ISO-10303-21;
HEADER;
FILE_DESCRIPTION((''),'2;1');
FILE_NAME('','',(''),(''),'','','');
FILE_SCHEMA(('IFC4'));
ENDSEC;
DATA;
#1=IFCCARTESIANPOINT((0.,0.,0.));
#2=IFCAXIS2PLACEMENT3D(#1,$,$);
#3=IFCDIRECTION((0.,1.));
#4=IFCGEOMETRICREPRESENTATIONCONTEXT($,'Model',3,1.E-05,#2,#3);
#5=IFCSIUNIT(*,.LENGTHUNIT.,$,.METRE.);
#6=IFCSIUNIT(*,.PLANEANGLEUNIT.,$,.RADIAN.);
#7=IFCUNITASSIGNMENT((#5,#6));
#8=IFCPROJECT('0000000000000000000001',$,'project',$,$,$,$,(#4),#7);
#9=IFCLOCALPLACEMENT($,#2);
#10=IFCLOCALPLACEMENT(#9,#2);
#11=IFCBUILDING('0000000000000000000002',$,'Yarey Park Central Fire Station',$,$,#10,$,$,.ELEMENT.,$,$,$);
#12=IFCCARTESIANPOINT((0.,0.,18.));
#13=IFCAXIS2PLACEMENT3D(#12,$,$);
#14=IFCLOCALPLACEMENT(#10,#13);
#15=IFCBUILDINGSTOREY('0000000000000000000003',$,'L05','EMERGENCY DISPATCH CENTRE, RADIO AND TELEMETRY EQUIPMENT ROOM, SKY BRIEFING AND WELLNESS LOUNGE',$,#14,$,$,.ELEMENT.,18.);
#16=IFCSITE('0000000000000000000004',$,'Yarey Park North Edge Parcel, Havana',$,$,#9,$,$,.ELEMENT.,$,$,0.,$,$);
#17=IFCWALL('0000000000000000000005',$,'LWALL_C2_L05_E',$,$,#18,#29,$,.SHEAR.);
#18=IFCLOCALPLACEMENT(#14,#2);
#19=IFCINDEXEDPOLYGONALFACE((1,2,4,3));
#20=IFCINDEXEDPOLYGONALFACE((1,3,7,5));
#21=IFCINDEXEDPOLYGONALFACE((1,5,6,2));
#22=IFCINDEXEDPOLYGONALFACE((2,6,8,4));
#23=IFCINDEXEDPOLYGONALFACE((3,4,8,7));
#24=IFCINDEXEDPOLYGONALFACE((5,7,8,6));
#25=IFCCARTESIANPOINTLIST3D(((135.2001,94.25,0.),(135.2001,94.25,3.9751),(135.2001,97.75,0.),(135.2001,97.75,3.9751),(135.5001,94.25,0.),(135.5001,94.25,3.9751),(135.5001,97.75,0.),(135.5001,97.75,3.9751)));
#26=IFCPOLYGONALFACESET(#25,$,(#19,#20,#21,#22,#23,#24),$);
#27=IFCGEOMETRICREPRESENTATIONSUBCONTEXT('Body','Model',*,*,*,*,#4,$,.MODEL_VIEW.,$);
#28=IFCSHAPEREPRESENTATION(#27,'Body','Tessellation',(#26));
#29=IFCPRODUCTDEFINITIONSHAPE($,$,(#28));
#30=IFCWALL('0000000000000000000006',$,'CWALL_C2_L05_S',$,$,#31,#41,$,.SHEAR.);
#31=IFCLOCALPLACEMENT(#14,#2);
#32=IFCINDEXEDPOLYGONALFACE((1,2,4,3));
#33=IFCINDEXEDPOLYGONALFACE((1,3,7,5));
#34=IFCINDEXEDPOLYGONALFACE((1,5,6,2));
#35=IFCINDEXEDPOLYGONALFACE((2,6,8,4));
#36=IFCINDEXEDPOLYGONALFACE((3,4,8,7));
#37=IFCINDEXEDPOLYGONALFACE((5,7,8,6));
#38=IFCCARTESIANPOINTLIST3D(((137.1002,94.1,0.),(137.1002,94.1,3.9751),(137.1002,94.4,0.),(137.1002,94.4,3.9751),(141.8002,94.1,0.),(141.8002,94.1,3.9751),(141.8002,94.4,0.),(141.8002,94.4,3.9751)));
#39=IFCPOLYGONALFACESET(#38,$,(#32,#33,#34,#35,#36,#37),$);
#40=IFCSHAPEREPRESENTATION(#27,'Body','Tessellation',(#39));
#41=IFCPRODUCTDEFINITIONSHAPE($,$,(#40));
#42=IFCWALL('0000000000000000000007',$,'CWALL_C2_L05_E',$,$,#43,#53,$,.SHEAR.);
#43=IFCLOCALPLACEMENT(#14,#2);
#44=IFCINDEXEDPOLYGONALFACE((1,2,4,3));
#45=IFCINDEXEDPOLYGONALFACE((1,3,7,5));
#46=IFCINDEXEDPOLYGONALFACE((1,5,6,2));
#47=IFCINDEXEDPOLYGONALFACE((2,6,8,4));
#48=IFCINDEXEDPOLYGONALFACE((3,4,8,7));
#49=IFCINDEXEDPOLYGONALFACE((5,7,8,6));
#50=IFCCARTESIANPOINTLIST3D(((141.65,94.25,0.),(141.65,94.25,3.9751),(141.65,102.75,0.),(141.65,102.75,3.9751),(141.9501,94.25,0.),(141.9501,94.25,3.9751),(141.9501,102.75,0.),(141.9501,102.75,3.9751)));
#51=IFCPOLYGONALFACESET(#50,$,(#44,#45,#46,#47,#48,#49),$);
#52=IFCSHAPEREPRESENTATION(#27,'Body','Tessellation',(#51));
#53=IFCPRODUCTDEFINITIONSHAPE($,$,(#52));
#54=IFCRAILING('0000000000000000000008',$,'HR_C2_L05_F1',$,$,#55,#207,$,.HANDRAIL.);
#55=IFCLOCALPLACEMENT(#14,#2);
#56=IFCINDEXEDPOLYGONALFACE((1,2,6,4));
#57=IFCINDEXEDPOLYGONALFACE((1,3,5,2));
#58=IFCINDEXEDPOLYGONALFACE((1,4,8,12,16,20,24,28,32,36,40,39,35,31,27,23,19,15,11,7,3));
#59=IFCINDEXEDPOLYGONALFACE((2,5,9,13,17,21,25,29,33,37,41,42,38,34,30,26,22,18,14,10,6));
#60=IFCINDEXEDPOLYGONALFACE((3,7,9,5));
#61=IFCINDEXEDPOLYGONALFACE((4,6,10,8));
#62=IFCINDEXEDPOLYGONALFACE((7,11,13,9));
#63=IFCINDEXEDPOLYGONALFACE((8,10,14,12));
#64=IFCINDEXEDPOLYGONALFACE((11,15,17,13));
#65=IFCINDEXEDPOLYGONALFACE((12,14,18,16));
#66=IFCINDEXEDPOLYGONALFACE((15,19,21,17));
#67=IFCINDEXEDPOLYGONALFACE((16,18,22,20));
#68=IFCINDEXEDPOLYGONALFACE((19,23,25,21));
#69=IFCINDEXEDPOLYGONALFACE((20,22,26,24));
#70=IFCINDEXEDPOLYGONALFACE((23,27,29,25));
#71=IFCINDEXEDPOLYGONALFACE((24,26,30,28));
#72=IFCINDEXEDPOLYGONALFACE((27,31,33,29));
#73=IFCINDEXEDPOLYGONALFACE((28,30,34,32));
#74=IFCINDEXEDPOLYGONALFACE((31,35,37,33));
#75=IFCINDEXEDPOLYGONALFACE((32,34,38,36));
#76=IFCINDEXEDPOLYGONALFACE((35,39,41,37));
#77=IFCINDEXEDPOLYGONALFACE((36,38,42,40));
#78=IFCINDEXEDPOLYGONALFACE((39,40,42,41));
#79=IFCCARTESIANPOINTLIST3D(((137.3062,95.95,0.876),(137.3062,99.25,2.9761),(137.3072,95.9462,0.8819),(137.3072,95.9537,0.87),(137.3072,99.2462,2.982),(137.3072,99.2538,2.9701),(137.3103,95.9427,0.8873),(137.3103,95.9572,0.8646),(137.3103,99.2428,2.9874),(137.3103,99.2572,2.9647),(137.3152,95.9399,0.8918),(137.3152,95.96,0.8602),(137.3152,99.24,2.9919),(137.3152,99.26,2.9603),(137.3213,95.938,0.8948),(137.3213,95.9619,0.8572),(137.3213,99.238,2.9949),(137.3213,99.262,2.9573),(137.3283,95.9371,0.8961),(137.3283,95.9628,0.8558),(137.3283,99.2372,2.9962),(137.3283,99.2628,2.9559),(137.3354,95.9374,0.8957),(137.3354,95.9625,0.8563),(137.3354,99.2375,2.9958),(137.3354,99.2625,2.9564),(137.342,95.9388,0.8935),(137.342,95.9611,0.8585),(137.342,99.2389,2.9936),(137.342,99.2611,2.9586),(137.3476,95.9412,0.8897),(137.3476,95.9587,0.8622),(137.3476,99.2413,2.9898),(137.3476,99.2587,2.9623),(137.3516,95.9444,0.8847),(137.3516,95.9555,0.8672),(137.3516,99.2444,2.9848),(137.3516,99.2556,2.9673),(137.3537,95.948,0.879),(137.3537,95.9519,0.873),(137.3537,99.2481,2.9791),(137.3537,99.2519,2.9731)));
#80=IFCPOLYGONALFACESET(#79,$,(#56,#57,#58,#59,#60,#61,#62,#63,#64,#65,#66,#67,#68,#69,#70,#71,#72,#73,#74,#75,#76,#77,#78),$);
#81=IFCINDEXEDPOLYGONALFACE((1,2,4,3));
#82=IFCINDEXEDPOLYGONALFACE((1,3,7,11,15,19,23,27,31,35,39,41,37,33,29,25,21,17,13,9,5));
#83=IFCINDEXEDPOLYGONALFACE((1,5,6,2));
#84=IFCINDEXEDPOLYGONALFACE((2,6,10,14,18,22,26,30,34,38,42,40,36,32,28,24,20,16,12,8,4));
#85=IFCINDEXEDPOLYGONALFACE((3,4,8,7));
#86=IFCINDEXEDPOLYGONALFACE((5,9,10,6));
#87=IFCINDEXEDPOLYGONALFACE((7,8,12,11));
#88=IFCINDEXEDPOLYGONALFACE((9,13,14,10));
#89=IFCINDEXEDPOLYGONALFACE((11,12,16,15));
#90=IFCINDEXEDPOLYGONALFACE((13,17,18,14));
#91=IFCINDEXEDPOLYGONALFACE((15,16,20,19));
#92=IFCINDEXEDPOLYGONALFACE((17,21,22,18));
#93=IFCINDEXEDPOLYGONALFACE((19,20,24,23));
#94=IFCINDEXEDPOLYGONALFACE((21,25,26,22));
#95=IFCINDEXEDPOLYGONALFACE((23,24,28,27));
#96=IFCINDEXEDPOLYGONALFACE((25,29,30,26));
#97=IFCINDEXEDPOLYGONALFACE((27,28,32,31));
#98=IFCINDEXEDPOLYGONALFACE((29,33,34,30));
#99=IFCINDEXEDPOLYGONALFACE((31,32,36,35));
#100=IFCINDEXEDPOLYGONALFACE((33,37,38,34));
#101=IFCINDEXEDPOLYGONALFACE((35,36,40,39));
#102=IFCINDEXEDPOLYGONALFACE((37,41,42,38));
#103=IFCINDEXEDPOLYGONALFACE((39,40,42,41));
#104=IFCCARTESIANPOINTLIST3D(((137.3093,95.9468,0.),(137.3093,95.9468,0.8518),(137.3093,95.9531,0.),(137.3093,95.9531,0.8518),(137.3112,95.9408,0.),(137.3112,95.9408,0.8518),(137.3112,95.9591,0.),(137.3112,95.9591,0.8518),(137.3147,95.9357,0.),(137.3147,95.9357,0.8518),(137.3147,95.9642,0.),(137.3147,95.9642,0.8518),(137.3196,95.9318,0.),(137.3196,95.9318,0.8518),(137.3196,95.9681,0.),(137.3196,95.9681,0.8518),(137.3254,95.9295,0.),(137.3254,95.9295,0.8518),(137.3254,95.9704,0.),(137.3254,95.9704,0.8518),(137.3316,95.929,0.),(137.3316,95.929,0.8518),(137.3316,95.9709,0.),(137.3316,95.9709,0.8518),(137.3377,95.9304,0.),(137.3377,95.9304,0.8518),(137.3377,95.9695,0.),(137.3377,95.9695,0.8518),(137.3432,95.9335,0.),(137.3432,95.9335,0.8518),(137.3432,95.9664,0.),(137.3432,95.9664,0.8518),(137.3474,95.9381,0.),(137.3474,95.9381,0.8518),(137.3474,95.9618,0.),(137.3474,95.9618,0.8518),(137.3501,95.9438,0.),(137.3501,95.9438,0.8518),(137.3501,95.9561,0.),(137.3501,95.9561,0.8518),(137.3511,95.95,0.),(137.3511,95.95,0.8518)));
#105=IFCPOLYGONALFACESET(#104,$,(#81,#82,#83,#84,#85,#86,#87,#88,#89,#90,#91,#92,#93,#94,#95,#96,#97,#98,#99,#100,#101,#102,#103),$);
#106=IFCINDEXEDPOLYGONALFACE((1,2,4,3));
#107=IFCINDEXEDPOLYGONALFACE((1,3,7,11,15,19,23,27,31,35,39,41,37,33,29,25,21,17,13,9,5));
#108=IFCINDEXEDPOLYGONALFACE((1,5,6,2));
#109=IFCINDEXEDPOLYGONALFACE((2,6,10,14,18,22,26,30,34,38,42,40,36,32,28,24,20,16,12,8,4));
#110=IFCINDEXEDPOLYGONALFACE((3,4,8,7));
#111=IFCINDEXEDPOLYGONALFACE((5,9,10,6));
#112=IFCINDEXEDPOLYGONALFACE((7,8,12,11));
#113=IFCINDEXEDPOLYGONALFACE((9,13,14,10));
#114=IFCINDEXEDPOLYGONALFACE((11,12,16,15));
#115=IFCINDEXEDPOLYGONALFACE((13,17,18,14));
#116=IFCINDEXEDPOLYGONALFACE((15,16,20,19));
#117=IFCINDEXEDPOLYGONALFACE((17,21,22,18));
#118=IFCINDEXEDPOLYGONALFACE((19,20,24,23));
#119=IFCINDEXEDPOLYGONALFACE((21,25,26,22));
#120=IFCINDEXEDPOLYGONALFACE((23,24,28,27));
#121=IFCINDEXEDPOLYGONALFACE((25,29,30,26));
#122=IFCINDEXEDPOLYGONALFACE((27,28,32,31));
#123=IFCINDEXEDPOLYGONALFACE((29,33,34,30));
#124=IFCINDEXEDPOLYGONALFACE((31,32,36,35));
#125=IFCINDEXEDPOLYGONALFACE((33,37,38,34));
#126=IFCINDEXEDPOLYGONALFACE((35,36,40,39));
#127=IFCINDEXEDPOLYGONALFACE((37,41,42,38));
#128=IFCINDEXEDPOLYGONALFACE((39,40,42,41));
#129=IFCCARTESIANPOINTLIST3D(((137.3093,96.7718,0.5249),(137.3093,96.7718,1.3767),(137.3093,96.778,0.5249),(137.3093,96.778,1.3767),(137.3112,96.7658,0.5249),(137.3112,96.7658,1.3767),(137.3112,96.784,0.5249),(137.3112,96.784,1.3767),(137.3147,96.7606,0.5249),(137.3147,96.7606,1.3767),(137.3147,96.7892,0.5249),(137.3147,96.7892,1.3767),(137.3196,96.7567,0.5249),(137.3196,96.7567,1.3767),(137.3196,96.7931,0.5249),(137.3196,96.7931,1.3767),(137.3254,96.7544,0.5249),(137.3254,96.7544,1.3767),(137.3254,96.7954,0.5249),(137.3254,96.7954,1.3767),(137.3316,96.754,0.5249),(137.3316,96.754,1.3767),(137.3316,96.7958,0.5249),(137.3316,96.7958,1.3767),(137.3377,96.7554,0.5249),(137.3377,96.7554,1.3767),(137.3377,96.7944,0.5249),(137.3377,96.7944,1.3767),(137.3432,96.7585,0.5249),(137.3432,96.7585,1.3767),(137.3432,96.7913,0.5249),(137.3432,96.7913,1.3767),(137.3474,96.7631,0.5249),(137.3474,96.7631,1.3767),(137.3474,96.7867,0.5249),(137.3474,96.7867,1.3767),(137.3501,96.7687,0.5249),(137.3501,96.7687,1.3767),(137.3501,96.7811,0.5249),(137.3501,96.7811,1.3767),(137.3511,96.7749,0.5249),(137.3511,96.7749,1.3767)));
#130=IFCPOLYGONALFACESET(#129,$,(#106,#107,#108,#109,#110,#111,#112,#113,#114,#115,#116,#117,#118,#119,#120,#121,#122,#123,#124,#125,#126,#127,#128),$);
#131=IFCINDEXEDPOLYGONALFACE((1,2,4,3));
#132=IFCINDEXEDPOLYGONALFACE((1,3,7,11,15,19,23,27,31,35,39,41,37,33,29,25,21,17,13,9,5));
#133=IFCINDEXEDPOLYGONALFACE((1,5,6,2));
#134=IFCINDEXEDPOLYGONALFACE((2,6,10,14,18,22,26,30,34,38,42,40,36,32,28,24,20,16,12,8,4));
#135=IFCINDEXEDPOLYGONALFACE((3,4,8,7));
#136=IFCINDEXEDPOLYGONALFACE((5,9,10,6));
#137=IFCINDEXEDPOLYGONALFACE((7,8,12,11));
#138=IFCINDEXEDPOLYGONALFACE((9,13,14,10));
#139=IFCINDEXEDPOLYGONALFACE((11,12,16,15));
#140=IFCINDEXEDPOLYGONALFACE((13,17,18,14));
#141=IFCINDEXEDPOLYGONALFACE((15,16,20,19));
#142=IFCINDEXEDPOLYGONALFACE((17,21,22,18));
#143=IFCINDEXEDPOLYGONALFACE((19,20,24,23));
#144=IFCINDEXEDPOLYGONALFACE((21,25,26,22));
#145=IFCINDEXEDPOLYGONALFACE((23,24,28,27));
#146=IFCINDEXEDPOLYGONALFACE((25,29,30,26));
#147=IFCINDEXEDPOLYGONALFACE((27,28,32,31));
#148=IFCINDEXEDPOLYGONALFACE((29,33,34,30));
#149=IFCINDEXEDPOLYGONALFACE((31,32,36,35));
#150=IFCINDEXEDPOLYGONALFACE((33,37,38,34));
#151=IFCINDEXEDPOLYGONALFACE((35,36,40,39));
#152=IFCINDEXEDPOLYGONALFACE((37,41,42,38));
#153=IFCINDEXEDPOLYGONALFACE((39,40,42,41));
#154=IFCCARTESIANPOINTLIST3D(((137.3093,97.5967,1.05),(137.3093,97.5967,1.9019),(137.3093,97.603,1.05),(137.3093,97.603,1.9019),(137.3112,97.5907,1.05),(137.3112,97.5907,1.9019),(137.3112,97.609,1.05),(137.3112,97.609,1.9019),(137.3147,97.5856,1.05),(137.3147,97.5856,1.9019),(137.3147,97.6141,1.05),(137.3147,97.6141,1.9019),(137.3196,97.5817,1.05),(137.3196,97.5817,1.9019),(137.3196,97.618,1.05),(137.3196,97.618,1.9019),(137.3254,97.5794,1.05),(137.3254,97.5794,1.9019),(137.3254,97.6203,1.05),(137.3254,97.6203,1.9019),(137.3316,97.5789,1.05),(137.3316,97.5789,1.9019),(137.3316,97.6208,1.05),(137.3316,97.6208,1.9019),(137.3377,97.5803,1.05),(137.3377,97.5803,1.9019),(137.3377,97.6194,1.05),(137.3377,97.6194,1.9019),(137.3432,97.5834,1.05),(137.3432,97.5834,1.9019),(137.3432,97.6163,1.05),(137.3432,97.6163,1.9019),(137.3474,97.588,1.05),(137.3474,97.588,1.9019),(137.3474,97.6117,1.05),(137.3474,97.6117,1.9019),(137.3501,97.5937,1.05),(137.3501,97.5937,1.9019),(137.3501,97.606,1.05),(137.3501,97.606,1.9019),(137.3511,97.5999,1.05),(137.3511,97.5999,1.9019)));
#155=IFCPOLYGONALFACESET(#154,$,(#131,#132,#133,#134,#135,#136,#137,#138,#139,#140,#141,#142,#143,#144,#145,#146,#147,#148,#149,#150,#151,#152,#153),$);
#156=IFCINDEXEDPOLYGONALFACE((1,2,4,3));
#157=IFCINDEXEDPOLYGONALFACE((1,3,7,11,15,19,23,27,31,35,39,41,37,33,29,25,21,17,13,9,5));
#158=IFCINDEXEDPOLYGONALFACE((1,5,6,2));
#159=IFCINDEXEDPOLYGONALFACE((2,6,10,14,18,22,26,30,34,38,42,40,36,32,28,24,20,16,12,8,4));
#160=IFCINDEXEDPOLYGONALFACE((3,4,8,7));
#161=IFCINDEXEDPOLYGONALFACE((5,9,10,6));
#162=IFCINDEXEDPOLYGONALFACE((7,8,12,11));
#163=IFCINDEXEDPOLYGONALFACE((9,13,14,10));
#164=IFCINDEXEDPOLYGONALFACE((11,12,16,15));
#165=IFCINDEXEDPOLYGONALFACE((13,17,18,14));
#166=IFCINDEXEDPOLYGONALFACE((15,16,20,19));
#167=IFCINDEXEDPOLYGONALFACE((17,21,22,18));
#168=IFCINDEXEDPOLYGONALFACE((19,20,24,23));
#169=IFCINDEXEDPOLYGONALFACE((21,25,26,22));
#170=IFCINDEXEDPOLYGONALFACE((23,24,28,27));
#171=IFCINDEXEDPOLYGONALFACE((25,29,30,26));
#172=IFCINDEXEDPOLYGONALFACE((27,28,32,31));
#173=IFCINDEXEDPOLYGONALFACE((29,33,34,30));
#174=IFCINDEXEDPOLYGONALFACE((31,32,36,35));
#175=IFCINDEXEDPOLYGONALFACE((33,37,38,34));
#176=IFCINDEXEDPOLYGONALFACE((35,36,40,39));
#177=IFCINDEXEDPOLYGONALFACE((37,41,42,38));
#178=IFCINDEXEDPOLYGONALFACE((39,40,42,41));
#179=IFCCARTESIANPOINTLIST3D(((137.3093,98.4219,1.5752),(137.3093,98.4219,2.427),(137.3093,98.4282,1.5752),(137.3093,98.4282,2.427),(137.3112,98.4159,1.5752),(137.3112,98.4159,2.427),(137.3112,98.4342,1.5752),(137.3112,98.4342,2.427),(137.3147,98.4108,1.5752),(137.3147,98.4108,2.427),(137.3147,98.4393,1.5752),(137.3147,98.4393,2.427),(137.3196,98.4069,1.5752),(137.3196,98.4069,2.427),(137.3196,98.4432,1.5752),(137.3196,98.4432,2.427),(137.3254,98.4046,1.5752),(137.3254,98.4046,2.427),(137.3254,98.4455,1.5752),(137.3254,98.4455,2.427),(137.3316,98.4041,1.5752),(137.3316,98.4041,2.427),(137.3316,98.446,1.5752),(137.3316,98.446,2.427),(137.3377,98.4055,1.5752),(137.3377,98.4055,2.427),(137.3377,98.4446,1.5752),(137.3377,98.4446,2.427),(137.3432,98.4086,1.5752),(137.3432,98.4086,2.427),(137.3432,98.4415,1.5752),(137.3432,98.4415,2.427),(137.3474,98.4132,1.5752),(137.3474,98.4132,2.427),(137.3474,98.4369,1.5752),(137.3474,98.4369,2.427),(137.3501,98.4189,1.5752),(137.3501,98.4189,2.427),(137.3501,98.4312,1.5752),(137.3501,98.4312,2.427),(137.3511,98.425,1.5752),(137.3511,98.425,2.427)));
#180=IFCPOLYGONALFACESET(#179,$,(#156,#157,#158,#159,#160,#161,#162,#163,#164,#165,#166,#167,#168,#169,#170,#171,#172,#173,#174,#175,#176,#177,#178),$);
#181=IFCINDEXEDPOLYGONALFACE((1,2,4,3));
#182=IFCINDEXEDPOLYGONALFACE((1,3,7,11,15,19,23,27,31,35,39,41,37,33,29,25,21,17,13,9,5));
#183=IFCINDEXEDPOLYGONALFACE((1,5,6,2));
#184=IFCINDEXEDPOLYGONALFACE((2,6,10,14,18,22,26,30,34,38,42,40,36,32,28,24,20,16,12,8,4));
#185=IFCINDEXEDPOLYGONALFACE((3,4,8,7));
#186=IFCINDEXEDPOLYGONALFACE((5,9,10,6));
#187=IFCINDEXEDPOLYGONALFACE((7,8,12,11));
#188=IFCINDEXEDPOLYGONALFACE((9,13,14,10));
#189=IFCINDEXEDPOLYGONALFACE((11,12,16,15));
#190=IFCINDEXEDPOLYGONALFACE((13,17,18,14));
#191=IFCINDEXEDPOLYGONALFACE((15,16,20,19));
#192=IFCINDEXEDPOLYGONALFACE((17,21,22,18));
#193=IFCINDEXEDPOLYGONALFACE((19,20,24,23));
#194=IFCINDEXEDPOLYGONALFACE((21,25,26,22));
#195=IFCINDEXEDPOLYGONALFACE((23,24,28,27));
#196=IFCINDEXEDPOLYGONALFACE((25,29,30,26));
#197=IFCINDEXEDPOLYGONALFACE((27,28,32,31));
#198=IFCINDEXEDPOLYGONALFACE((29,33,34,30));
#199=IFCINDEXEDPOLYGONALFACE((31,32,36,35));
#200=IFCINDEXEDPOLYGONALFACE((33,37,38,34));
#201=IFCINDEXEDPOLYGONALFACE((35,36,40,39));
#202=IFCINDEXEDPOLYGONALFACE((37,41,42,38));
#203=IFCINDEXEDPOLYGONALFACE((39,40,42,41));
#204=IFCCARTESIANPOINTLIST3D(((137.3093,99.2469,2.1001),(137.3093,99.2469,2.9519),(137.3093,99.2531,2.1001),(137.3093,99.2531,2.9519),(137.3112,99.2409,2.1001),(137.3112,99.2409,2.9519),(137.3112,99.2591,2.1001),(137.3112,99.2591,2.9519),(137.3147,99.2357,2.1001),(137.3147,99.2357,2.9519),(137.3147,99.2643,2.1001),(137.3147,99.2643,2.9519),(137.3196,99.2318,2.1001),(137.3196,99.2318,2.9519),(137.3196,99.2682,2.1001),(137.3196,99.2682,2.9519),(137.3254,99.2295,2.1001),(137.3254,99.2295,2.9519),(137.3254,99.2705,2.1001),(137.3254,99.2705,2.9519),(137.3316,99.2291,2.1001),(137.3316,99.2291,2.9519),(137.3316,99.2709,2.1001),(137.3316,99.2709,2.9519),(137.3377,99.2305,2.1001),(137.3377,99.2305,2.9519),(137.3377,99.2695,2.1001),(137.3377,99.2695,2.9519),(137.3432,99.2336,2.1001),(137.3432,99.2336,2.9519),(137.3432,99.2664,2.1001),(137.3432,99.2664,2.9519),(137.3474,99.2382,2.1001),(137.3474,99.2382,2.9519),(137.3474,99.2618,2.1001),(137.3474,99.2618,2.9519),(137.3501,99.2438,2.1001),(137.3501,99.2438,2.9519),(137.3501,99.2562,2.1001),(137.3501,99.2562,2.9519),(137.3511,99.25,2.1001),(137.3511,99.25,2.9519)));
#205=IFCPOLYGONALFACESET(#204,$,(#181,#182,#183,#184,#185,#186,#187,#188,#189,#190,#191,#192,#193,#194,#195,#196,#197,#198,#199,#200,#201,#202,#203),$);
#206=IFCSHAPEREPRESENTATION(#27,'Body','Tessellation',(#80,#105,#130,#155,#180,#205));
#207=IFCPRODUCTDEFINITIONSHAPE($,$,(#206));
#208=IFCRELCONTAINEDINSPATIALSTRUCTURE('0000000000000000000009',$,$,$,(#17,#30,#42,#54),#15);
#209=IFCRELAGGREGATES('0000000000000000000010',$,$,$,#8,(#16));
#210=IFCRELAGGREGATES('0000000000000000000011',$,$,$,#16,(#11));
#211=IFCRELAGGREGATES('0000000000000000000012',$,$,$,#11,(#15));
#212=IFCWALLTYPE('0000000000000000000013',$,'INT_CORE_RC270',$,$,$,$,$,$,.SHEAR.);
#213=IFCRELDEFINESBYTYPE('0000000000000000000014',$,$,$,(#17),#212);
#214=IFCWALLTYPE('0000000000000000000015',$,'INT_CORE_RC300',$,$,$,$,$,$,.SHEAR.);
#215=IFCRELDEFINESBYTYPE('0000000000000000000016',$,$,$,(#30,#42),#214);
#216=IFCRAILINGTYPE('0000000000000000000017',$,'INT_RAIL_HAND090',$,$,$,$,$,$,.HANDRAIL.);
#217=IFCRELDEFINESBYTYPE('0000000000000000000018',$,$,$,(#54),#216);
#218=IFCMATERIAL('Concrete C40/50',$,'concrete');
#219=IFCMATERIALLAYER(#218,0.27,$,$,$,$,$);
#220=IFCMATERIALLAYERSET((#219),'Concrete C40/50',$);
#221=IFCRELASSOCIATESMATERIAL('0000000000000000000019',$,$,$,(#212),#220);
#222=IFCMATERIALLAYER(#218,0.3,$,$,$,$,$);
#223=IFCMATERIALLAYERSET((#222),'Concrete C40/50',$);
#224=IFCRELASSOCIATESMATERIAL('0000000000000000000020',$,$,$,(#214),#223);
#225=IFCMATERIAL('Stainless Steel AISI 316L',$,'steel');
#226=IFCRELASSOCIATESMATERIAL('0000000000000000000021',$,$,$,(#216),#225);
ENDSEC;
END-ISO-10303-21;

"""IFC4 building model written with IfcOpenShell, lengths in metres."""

from ifc_helpers import new_model, si_unit, direction, frame, frame_2d, origin, origin_2d, place, context, subcontext, project, spatial, rectangle, circle, extrude, material, layer, layer_set, type_object, element, save


model = new_model("IFC4")

# Units and contexts
model_context = context("Model", 3, precision=1e-05, world=origin(), true_north=direction((0.0, 1.0)))
body_context = subcontext(model_context, "Body", "Model", "MODEL_VIEW")
ifc_project = project(units=[si_unit("LENGTHUNIT", "METRE"), si_unit("PLANEANGLEUNIT", "RADIAN")], contexts=[model_context])

# Site, building, storey
site_placement = place(None, origin())
site = spatial("IfcSite", under=ifc_project, at=site_placement, Name="Yarey Park North Edge Parcel, Havana", CompositionType="ELEMENT", RefElevation=0.0)
building_placement = place(site_placement, origin())
building = spatial("IfcBuilding", under=site, at=building_placement, Name="Yarey Park Central Fire Station", CompositionType="ELEMENT")
storey_placement = place(building_placement, frame((0.0, 0.0, 18.0)))
storey = spatial("IfcBuildingStorey", under=building, at=storey_placement, Name="L05", Description="EMERGENCY DISPATCH CENTRE, RADIO AND TELEMETRY EQUIPMENT ROOM, SKY BRIEFING AND WELLNESS LOUNGE", CompositionType="ELEMENT", Elevation=18.0)

# Shared definitions
ifc_material_1 = material(Name="Concrete C40/50", Category="concrete")

# Walls
ifc_layer_1 = layer(ifc_material_1, 0.27)
ifc_layer_set_1 = layer_set([ifc_layer_1], Name="Concrete C40/50")
wall_type_1 = type_object("IfcWallType", Name="INT_CORE_RC270", PredefinedType="SHEAR", material=ifc_layer_set_1)
wall_1_placement = place(storey_placement, frame((135.3501, 94.25, 0.0), z_axis=(0.0, 0.0, 1.0), x_axis=(0.0, 1.0, 0.0)))
element("IfcWall", 1, at=wall_1_placement, inside=storey, type_object=wall_type_1, Name="LWALL_C2_L05_E", PredefinedType="SHEAR", context=body_context, shape_type="SweptSolid", body=[
    extrude(rectangle(XDim=3.5, YDim=0.3, at=frame_2d((1.75, 0.0))), origin(), (0.0, 0.0, 1.0), 3.9751),
])
ifc_layer_2 = layer(ifc_material_1, 0.3)
ifc_layer_set_2 = layer_set([ifc_layer_2], Name="Concrete C40/50")
wall_type_2 = type_object("IfcWallType", Name="INT_CORE_RC300", PredefinedType="SHEAR", material=ifc_layer_set_2)
wall_2_placement = place(storey_placement, frame((137.1001, 94.25, 0.0), z_axis=(0.0, 0.0, 1.0), x_axis=(1.0, 0.0, 0.0)))
element("IfcWall", 2, at=wall_2_placement, inside=storey, type_object=wall_type_2, Name="CWALL_C2_L05_S", PredefinedType="SHEAR", context=body_context, shape_type="SweptSolid", body=[
    extrude(rectangle(XDim=4.7, YDim=0.3, at=frame_2d((2.3501, 0.0))), origin(), (0.0, 0.0, 1.0), 3.9751),
])
wall_3_placement = place(storey_placement, frame((141.8, 94.25, 0.0), z_axis=(0.0, 0.0, 1.0), x_axis=(0.0, 1.0, 0.0)))
element("IfcWall", 3, at=wall_3_placement, inside=storey, type_object=wall_type_2, Name="CWALL_C2_L05_E", PredefinedType="SHEAR", context=body_context, shape_type="SweptSolid", body=[
    extrude(rectangle(XDim=8.5, YDim=0.3, at=frame_2d((4.25, 0.0))), origin(), (0.0, 0.0, 1.0), 3.9751),
])

# Railing
ifc_material_2 = material(Name="Stainless Steel AISI 316L", Category="steel")
railing_type = type_object("IfcRailingType", Name="INT_RAIL_HAND090", PredefinedType="HANDRAIL", material=ifc_material_2)
railing_placement = place(storey_placement, frame((137.3301, 95.95, 0.0)))
element("IfcRailing", 4, at=railing_placement, inside=storey, type_object=railing_type, Name="HR_C2_L05_F1", PredefinedType="HANDRAIL", context=body_context, shape_type="SweptSolid", body=[
    extrude(circle(Radius=0.0239, at=origin_2d()), frame((0.0, 0.0, 0.876), z_axis=(0.0, 0.843654, 0.536888), x_axis=(-1.0, 0.0, 0.0)), (0.0, 0.0, 1.0), 3.9116),
    extrude(circle(Radius=0.021, at=origin_2d()), origin(), (0.0, 0.0, 1.0), 0.8518),
    extrude(circle(Radius=0.021, at=origin_2d()), frame((0.0, 0.825, 0.5249)), (0.0, 0.0, 1.0), 0.8518),
    extrude(circle(Radius=0.021, at=origin_2d()), frame((0.0, 1.6499, 1.05)), (0.0, 0.0, 1.0), 0.8518),
    extrude(circle(Radius=0.021, at=origin_2d()), frame((0.0, 2.4751, 1.5752)), (0.0, 0.0, 1.0), 0.8518),
    extrude(circle(Radius=0.021, at=origin_2d()), frame((0.0, 3.3, 2.1001)), (0.0, 0.0, 1.0), 0.8518),
])

save(model, "model.ifc")
